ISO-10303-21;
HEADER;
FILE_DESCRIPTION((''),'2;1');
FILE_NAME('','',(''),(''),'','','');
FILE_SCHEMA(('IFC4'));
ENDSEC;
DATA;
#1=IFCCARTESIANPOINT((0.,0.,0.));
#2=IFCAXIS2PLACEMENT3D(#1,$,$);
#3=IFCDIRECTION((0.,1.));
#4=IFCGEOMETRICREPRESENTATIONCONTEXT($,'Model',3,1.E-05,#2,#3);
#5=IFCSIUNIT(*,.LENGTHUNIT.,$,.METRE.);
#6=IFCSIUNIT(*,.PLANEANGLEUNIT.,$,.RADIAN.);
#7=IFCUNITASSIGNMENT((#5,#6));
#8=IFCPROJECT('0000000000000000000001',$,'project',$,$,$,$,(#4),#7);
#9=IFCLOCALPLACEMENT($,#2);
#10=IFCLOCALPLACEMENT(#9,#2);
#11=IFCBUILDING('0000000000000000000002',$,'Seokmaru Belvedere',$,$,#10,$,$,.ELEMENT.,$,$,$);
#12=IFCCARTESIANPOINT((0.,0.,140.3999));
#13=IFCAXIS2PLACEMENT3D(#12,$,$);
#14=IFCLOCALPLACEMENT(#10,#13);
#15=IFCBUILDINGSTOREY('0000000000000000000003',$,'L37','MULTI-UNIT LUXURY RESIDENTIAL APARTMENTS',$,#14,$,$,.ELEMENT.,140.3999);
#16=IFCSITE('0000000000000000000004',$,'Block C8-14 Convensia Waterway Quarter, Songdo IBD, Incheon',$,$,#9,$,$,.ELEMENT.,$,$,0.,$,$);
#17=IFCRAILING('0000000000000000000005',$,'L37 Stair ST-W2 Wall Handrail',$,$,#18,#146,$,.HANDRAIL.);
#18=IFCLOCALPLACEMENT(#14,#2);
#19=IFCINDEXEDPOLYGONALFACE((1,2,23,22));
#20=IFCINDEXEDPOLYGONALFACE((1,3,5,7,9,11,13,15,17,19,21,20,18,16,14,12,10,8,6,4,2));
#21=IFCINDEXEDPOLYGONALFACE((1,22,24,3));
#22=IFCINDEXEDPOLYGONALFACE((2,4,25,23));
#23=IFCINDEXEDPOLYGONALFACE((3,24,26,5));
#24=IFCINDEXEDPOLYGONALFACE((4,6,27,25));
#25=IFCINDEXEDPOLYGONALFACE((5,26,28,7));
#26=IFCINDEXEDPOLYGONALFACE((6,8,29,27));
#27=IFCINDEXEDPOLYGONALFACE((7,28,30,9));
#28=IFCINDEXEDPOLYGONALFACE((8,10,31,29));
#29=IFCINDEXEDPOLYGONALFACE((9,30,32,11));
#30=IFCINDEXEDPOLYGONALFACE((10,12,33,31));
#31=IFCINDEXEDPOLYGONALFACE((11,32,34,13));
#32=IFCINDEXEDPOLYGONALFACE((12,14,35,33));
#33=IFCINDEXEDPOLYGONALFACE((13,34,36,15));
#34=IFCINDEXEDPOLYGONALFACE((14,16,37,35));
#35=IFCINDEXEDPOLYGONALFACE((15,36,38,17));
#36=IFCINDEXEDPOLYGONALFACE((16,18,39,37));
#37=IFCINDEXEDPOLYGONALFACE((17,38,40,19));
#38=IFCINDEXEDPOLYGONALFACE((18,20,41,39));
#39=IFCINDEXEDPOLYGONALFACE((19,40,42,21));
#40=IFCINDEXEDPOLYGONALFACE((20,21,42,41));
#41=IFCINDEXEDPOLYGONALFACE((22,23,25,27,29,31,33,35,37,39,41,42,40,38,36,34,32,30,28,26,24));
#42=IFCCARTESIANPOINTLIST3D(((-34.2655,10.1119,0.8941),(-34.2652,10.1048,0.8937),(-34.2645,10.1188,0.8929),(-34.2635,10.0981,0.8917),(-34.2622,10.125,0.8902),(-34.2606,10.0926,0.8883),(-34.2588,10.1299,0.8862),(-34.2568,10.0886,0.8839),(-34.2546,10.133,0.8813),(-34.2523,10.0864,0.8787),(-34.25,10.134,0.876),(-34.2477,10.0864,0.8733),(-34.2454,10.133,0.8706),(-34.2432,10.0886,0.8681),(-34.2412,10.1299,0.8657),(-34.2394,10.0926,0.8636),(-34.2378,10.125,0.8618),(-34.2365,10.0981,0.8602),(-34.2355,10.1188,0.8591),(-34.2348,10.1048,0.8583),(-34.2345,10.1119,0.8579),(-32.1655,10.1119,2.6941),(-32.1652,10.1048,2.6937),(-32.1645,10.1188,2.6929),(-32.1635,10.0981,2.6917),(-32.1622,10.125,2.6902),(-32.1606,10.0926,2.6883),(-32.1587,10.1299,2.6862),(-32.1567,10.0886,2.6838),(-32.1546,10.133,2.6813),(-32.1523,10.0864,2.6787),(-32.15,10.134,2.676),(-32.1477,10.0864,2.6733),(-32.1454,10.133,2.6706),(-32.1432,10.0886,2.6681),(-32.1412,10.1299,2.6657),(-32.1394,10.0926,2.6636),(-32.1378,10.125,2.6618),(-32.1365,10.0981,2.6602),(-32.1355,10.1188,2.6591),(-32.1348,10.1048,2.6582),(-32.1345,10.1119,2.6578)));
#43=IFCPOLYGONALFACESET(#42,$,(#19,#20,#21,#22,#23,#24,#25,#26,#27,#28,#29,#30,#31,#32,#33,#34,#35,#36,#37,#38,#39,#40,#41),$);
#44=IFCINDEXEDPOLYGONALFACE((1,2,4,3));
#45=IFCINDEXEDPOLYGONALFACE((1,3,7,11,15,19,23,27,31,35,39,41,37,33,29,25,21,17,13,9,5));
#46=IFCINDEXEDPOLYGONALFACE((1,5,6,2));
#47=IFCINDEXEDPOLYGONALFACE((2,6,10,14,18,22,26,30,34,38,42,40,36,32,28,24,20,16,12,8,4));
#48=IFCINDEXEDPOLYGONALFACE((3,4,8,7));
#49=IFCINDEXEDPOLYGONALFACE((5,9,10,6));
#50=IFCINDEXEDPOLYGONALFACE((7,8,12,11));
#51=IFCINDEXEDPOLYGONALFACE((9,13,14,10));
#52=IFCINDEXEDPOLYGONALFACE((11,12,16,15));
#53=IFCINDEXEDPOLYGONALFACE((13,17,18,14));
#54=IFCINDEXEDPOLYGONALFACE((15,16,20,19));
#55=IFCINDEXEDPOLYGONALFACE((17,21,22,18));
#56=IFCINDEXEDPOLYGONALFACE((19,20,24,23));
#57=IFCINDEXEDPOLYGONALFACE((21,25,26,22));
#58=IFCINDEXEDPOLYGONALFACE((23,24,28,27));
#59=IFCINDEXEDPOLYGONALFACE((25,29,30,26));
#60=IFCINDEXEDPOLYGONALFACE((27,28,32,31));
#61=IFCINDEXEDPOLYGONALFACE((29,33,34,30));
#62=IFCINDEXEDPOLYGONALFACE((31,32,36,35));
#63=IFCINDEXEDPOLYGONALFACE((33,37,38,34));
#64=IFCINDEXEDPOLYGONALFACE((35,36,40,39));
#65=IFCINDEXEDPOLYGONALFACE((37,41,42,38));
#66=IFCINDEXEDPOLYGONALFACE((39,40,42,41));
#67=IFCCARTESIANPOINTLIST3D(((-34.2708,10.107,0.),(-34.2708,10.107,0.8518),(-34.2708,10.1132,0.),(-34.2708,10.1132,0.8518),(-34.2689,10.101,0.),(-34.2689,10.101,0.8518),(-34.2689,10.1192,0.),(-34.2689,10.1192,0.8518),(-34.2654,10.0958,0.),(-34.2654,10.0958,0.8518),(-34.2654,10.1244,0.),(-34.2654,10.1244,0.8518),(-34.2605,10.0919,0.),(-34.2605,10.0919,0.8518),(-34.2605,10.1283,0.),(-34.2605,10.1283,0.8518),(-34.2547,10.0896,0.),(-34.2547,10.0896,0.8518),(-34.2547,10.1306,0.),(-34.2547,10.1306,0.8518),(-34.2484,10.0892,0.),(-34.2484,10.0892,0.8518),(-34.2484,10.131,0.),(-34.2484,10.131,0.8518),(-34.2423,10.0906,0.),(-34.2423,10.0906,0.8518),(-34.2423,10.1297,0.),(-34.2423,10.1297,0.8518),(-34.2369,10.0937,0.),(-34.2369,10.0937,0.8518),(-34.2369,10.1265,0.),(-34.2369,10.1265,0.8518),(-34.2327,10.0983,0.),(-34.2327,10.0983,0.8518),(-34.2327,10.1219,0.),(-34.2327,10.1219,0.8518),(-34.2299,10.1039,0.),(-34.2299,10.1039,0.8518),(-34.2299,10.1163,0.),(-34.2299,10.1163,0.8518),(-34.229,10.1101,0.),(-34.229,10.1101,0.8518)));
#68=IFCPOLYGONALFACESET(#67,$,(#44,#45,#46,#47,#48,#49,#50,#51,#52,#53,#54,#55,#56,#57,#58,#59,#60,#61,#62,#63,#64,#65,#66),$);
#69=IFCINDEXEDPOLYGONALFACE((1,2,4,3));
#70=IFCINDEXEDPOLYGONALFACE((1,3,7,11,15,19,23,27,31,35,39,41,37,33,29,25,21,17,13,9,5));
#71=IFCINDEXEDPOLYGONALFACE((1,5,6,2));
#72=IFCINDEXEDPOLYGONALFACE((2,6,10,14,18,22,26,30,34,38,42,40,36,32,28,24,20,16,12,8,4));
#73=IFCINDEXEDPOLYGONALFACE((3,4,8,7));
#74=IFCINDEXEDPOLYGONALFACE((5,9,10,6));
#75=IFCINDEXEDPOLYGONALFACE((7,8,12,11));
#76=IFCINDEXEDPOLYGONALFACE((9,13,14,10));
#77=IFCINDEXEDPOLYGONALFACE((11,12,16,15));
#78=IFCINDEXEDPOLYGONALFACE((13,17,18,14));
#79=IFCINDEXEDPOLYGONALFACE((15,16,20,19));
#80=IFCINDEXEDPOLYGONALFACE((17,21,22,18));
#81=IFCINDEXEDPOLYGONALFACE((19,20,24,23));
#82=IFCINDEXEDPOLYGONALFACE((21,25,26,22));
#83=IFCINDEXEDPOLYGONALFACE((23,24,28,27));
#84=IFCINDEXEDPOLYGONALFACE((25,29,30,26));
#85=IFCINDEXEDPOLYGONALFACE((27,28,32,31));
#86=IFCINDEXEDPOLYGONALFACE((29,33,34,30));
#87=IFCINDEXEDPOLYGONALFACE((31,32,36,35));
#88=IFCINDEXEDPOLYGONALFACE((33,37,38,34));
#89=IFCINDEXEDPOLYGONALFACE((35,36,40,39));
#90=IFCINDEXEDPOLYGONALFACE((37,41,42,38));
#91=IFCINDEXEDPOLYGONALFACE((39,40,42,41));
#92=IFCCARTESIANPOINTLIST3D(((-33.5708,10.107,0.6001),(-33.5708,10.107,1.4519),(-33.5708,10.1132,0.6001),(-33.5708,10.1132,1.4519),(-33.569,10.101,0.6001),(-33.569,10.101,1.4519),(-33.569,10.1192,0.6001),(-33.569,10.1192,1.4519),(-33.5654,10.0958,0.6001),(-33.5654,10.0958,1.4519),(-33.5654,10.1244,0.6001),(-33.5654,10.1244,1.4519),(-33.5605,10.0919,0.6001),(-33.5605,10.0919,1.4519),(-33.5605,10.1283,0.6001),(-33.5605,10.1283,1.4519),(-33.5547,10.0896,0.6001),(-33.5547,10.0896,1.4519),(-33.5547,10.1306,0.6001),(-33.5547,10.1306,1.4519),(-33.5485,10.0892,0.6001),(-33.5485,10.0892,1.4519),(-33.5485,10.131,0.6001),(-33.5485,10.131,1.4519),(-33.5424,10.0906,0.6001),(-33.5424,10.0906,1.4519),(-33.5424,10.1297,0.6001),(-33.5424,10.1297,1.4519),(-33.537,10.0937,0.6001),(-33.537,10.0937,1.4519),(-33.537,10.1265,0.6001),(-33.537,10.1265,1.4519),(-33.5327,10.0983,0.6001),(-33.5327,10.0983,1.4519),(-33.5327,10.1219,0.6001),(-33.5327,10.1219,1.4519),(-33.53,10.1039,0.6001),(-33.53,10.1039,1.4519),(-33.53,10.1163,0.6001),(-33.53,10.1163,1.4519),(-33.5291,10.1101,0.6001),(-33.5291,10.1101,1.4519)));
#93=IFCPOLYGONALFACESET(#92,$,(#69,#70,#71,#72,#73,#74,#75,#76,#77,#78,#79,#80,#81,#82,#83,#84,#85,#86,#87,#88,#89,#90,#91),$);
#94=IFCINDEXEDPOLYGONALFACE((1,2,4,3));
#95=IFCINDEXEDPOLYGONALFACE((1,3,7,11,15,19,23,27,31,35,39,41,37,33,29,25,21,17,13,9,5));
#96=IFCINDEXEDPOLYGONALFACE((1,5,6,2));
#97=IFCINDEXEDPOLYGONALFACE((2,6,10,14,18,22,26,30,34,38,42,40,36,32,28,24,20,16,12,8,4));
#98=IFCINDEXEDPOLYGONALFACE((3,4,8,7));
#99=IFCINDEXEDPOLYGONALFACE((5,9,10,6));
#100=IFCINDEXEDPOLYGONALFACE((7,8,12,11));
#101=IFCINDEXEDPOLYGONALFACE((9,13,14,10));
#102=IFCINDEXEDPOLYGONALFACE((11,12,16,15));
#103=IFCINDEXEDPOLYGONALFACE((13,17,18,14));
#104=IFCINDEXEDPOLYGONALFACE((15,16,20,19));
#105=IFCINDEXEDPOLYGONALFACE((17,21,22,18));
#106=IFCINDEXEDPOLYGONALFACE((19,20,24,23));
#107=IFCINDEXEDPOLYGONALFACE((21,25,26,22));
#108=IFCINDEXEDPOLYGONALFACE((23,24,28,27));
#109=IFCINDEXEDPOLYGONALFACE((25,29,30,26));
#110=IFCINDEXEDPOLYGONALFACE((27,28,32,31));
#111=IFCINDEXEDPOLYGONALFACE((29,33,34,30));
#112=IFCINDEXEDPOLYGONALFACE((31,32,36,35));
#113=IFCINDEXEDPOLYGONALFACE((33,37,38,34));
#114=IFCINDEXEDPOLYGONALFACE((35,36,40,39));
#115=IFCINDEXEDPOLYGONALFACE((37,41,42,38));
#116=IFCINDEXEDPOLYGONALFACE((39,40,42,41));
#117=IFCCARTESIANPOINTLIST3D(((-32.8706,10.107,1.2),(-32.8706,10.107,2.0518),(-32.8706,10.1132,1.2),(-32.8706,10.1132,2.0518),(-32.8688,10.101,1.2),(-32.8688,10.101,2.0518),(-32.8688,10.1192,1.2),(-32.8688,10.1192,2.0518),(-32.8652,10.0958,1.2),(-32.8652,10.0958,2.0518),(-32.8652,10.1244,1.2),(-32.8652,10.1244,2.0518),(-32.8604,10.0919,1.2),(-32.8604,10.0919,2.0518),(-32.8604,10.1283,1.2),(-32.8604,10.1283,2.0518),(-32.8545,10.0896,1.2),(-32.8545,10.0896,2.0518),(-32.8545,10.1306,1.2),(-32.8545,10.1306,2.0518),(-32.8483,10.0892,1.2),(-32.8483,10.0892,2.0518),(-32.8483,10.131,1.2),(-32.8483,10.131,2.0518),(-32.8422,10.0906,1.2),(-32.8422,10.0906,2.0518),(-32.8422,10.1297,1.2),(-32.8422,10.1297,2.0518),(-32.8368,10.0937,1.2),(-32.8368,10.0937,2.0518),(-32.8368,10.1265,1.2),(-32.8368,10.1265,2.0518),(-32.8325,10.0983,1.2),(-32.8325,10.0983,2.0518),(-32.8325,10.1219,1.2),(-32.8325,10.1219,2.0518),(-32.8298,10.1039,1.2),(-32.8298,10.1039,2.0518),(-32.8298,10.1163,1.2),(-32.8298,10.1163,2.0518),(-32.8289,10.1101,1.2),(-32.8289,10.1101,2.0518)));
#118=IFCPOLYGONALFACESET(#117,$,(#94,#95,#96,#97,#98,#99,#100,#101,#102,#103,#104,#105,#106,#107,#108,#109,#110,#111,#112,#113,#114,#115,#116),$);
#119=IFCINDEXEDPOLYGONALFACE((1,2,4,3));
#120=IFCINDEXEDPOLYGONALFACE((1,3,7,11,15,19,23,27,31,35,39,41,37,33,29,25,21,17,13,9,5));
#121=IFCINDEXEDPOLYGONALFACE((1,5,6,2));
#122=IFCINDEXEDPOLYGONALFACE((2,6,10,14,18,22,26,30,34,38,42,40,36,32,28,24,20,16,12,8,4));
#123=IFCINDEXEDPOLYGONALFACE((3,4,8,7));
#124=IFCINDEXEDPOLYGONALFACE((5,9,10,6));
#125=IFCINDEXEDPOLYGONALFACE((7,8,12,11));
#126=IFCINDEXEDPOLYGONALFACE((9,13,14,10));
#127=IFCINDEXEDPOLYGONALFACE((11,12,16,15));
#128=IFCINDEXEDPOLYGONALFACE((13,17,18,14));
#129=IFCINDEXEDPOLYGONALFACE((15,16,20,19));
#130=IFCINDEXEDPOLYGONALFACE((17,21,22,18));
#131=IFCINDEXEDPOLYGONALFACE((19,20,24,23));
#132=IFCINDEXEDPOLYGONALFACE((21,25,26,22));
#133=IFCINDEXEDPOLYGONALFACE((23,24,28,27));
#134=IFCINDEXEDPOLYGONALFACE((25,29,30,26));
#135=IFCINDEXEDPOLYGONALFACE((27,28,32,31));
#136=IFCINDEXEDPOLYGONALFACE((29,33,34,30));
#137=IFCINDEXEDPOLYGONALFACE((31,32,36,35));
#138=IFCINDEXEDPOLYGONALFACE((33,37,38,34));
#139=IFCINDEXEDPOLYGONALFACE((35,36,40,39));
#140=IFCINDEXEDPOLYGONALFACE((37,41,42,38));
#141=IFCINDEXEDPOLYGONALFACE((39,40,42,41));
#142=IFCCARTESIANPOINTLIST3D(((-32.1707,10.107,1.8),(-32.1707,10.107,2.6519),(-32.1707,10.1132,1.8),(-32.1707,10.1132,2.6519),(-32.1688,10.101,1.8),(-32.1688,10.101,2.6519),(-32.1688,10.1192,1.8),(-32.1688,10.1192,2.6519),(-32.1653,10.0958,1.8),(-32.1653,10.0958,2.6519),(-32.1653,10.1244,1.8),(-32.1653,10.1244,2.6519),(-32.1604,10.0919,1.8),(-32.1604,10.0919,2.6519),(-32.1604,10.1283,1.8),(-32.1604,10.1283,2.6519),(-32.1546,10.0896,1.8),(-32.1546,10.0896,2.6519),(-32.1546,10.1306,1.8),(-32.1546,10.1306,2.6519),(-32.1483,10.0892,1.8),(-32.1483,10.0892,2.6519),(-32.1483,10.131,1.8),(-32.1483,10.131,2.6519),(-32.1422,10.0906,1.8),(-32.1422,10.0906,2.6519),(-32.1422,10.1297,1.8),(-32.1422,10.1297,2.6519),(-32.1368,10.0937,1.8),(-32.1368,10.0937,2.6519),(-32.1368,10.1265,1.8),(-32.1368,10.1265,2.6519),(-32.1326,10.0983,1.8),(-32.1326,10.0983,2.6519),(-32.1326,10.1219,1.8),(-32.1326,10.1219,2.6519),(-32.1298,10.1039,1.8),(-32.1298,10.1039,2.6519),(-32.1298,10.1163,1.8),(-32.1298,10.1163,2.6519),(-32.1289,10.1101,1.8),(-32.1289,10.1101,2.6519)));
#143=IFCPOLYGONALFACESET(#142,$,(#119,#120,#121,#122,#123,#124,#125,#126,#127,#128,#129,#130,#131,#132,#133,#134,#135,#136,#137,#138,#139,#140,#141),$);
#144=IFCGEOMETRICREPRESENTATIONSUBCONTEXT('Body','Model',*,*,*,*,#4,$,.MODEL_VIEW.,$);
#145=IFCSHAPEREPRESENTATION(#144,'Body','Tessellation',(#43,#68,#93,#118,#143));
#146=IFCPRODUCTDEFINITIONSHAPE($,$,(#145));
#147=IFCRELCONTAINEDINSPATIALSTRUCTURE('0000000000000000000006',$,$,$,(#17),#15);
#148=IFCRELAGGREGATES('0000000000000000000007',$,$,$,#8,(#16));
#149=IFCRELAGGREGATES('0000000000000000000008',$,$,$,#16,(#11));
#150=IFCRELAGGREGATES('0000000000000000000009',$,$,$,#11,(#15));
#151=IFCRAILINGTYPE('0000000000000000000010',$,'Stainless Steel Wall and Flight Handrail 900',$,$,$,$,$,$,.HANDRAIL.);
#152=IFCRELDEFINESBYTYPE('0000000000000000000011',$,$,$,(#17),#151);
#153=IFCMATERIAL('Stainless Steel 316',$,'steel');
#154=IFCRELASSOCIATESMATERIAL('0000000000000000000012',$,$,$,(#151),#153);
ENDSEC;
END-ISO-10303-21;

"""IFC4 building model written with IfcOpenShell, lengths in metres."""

from ifc_helpers import new_model, si_unit, direction, frame, origin, origin_2d, place, context, subcontext, project, spatial, circle, extrude, material, type_object, element, save


model = new_model("IFC4")

# Units and contexts
model_context = context("Model", 3, precision=1e-05, world=origin(), true_north=direction((0.0, 1.0)))
body_context = subcontext(model_context, "Body", "Model", "MODEL_VIEW")
ifc_project = project(units=[si_unit("LENGTHUNIT", "METRE"), si_unit("PLANEANGLEUNIT", "RADIAN")], contexts=[model_context])

# Site, building, storey
site_placement = place(None, origin())
site = spatial("IfcSite", under=ifc_project, at=site_placement, Name="Block C8-14 Convensia Waterway Quarter, Songdo IBD, Incheon", CompositionType="ELEMENT", RefElevation=0.0)
building_placement = place(site_placement, origin())
building = spatial("IfcBuilding", under=site, at=building_placement, Name="Seokmaru Belvedere", CompositionType="ELEMENT")
storey_placement = place(building_placement, frame((0.0, 0.0, 140.3999)))
storey = spatial("IfcBuildingStorey", under=building, at=storey_placement, Name="L37", Description="MULTI-UNIT LUXURY RESIDENTIAL APARTMENTS", CompositionType="ELEMENT", Elevation=140.3999)

# Railing
ifc_material_1 = material(Name="Stainless Steel 316", Category="steel")
railing_type_1 = type_object("IfcRailingType", Name="Stainless Steel Wall and Flight Handrail 900", PredefinedType="HANDRAIL", material=ifc_material_1)
railing_1_placement = place(storey_placement, frame((-34.25, 10.1101, 0.0)))
element("IfcRailing", 1, at=railing_1_placement, inside=storey, type_object=railing_type_1, Name="L37 Stair ST-W2 Wall Handrail", PredefinedType="HANDRAIL", context=body_context, shape_type="SweptSolid", body=[
    extrude(circle(Radius=0.0239, at=origin_2d()), frame((0.0, 0.0, 0.876), z_axis=(0.759263, 0.0, 0.650784), x_axis=(0.0, 1.0, 0.0)), (0.0, 0.0, 1.0), 2.7659),
    extrude(circle(Radius=0.021, at=origin_2d()), origin(), (0.0, 0.0, 1.0), 0.8518),
    extrude(circle(Radius=0.021, at=origin_2d()), frame((0.7, 0.0, 0.6001)), (0.0, 0.0, 1.0), 0.8518),
    extrude(circle(Radius=0.021, at=origin_2d()), frame((1.4001, 0.0, 1.2)), (0.0, 0.0, 1.0), 0.8518),
    extrude(circle(Radius=0.021, at=origin_2d()), frame((2.1001, 0.0, 1.8)), (0.0, 0.0, 1.0), 0.8518),
])

save(model, "model.ifc")
